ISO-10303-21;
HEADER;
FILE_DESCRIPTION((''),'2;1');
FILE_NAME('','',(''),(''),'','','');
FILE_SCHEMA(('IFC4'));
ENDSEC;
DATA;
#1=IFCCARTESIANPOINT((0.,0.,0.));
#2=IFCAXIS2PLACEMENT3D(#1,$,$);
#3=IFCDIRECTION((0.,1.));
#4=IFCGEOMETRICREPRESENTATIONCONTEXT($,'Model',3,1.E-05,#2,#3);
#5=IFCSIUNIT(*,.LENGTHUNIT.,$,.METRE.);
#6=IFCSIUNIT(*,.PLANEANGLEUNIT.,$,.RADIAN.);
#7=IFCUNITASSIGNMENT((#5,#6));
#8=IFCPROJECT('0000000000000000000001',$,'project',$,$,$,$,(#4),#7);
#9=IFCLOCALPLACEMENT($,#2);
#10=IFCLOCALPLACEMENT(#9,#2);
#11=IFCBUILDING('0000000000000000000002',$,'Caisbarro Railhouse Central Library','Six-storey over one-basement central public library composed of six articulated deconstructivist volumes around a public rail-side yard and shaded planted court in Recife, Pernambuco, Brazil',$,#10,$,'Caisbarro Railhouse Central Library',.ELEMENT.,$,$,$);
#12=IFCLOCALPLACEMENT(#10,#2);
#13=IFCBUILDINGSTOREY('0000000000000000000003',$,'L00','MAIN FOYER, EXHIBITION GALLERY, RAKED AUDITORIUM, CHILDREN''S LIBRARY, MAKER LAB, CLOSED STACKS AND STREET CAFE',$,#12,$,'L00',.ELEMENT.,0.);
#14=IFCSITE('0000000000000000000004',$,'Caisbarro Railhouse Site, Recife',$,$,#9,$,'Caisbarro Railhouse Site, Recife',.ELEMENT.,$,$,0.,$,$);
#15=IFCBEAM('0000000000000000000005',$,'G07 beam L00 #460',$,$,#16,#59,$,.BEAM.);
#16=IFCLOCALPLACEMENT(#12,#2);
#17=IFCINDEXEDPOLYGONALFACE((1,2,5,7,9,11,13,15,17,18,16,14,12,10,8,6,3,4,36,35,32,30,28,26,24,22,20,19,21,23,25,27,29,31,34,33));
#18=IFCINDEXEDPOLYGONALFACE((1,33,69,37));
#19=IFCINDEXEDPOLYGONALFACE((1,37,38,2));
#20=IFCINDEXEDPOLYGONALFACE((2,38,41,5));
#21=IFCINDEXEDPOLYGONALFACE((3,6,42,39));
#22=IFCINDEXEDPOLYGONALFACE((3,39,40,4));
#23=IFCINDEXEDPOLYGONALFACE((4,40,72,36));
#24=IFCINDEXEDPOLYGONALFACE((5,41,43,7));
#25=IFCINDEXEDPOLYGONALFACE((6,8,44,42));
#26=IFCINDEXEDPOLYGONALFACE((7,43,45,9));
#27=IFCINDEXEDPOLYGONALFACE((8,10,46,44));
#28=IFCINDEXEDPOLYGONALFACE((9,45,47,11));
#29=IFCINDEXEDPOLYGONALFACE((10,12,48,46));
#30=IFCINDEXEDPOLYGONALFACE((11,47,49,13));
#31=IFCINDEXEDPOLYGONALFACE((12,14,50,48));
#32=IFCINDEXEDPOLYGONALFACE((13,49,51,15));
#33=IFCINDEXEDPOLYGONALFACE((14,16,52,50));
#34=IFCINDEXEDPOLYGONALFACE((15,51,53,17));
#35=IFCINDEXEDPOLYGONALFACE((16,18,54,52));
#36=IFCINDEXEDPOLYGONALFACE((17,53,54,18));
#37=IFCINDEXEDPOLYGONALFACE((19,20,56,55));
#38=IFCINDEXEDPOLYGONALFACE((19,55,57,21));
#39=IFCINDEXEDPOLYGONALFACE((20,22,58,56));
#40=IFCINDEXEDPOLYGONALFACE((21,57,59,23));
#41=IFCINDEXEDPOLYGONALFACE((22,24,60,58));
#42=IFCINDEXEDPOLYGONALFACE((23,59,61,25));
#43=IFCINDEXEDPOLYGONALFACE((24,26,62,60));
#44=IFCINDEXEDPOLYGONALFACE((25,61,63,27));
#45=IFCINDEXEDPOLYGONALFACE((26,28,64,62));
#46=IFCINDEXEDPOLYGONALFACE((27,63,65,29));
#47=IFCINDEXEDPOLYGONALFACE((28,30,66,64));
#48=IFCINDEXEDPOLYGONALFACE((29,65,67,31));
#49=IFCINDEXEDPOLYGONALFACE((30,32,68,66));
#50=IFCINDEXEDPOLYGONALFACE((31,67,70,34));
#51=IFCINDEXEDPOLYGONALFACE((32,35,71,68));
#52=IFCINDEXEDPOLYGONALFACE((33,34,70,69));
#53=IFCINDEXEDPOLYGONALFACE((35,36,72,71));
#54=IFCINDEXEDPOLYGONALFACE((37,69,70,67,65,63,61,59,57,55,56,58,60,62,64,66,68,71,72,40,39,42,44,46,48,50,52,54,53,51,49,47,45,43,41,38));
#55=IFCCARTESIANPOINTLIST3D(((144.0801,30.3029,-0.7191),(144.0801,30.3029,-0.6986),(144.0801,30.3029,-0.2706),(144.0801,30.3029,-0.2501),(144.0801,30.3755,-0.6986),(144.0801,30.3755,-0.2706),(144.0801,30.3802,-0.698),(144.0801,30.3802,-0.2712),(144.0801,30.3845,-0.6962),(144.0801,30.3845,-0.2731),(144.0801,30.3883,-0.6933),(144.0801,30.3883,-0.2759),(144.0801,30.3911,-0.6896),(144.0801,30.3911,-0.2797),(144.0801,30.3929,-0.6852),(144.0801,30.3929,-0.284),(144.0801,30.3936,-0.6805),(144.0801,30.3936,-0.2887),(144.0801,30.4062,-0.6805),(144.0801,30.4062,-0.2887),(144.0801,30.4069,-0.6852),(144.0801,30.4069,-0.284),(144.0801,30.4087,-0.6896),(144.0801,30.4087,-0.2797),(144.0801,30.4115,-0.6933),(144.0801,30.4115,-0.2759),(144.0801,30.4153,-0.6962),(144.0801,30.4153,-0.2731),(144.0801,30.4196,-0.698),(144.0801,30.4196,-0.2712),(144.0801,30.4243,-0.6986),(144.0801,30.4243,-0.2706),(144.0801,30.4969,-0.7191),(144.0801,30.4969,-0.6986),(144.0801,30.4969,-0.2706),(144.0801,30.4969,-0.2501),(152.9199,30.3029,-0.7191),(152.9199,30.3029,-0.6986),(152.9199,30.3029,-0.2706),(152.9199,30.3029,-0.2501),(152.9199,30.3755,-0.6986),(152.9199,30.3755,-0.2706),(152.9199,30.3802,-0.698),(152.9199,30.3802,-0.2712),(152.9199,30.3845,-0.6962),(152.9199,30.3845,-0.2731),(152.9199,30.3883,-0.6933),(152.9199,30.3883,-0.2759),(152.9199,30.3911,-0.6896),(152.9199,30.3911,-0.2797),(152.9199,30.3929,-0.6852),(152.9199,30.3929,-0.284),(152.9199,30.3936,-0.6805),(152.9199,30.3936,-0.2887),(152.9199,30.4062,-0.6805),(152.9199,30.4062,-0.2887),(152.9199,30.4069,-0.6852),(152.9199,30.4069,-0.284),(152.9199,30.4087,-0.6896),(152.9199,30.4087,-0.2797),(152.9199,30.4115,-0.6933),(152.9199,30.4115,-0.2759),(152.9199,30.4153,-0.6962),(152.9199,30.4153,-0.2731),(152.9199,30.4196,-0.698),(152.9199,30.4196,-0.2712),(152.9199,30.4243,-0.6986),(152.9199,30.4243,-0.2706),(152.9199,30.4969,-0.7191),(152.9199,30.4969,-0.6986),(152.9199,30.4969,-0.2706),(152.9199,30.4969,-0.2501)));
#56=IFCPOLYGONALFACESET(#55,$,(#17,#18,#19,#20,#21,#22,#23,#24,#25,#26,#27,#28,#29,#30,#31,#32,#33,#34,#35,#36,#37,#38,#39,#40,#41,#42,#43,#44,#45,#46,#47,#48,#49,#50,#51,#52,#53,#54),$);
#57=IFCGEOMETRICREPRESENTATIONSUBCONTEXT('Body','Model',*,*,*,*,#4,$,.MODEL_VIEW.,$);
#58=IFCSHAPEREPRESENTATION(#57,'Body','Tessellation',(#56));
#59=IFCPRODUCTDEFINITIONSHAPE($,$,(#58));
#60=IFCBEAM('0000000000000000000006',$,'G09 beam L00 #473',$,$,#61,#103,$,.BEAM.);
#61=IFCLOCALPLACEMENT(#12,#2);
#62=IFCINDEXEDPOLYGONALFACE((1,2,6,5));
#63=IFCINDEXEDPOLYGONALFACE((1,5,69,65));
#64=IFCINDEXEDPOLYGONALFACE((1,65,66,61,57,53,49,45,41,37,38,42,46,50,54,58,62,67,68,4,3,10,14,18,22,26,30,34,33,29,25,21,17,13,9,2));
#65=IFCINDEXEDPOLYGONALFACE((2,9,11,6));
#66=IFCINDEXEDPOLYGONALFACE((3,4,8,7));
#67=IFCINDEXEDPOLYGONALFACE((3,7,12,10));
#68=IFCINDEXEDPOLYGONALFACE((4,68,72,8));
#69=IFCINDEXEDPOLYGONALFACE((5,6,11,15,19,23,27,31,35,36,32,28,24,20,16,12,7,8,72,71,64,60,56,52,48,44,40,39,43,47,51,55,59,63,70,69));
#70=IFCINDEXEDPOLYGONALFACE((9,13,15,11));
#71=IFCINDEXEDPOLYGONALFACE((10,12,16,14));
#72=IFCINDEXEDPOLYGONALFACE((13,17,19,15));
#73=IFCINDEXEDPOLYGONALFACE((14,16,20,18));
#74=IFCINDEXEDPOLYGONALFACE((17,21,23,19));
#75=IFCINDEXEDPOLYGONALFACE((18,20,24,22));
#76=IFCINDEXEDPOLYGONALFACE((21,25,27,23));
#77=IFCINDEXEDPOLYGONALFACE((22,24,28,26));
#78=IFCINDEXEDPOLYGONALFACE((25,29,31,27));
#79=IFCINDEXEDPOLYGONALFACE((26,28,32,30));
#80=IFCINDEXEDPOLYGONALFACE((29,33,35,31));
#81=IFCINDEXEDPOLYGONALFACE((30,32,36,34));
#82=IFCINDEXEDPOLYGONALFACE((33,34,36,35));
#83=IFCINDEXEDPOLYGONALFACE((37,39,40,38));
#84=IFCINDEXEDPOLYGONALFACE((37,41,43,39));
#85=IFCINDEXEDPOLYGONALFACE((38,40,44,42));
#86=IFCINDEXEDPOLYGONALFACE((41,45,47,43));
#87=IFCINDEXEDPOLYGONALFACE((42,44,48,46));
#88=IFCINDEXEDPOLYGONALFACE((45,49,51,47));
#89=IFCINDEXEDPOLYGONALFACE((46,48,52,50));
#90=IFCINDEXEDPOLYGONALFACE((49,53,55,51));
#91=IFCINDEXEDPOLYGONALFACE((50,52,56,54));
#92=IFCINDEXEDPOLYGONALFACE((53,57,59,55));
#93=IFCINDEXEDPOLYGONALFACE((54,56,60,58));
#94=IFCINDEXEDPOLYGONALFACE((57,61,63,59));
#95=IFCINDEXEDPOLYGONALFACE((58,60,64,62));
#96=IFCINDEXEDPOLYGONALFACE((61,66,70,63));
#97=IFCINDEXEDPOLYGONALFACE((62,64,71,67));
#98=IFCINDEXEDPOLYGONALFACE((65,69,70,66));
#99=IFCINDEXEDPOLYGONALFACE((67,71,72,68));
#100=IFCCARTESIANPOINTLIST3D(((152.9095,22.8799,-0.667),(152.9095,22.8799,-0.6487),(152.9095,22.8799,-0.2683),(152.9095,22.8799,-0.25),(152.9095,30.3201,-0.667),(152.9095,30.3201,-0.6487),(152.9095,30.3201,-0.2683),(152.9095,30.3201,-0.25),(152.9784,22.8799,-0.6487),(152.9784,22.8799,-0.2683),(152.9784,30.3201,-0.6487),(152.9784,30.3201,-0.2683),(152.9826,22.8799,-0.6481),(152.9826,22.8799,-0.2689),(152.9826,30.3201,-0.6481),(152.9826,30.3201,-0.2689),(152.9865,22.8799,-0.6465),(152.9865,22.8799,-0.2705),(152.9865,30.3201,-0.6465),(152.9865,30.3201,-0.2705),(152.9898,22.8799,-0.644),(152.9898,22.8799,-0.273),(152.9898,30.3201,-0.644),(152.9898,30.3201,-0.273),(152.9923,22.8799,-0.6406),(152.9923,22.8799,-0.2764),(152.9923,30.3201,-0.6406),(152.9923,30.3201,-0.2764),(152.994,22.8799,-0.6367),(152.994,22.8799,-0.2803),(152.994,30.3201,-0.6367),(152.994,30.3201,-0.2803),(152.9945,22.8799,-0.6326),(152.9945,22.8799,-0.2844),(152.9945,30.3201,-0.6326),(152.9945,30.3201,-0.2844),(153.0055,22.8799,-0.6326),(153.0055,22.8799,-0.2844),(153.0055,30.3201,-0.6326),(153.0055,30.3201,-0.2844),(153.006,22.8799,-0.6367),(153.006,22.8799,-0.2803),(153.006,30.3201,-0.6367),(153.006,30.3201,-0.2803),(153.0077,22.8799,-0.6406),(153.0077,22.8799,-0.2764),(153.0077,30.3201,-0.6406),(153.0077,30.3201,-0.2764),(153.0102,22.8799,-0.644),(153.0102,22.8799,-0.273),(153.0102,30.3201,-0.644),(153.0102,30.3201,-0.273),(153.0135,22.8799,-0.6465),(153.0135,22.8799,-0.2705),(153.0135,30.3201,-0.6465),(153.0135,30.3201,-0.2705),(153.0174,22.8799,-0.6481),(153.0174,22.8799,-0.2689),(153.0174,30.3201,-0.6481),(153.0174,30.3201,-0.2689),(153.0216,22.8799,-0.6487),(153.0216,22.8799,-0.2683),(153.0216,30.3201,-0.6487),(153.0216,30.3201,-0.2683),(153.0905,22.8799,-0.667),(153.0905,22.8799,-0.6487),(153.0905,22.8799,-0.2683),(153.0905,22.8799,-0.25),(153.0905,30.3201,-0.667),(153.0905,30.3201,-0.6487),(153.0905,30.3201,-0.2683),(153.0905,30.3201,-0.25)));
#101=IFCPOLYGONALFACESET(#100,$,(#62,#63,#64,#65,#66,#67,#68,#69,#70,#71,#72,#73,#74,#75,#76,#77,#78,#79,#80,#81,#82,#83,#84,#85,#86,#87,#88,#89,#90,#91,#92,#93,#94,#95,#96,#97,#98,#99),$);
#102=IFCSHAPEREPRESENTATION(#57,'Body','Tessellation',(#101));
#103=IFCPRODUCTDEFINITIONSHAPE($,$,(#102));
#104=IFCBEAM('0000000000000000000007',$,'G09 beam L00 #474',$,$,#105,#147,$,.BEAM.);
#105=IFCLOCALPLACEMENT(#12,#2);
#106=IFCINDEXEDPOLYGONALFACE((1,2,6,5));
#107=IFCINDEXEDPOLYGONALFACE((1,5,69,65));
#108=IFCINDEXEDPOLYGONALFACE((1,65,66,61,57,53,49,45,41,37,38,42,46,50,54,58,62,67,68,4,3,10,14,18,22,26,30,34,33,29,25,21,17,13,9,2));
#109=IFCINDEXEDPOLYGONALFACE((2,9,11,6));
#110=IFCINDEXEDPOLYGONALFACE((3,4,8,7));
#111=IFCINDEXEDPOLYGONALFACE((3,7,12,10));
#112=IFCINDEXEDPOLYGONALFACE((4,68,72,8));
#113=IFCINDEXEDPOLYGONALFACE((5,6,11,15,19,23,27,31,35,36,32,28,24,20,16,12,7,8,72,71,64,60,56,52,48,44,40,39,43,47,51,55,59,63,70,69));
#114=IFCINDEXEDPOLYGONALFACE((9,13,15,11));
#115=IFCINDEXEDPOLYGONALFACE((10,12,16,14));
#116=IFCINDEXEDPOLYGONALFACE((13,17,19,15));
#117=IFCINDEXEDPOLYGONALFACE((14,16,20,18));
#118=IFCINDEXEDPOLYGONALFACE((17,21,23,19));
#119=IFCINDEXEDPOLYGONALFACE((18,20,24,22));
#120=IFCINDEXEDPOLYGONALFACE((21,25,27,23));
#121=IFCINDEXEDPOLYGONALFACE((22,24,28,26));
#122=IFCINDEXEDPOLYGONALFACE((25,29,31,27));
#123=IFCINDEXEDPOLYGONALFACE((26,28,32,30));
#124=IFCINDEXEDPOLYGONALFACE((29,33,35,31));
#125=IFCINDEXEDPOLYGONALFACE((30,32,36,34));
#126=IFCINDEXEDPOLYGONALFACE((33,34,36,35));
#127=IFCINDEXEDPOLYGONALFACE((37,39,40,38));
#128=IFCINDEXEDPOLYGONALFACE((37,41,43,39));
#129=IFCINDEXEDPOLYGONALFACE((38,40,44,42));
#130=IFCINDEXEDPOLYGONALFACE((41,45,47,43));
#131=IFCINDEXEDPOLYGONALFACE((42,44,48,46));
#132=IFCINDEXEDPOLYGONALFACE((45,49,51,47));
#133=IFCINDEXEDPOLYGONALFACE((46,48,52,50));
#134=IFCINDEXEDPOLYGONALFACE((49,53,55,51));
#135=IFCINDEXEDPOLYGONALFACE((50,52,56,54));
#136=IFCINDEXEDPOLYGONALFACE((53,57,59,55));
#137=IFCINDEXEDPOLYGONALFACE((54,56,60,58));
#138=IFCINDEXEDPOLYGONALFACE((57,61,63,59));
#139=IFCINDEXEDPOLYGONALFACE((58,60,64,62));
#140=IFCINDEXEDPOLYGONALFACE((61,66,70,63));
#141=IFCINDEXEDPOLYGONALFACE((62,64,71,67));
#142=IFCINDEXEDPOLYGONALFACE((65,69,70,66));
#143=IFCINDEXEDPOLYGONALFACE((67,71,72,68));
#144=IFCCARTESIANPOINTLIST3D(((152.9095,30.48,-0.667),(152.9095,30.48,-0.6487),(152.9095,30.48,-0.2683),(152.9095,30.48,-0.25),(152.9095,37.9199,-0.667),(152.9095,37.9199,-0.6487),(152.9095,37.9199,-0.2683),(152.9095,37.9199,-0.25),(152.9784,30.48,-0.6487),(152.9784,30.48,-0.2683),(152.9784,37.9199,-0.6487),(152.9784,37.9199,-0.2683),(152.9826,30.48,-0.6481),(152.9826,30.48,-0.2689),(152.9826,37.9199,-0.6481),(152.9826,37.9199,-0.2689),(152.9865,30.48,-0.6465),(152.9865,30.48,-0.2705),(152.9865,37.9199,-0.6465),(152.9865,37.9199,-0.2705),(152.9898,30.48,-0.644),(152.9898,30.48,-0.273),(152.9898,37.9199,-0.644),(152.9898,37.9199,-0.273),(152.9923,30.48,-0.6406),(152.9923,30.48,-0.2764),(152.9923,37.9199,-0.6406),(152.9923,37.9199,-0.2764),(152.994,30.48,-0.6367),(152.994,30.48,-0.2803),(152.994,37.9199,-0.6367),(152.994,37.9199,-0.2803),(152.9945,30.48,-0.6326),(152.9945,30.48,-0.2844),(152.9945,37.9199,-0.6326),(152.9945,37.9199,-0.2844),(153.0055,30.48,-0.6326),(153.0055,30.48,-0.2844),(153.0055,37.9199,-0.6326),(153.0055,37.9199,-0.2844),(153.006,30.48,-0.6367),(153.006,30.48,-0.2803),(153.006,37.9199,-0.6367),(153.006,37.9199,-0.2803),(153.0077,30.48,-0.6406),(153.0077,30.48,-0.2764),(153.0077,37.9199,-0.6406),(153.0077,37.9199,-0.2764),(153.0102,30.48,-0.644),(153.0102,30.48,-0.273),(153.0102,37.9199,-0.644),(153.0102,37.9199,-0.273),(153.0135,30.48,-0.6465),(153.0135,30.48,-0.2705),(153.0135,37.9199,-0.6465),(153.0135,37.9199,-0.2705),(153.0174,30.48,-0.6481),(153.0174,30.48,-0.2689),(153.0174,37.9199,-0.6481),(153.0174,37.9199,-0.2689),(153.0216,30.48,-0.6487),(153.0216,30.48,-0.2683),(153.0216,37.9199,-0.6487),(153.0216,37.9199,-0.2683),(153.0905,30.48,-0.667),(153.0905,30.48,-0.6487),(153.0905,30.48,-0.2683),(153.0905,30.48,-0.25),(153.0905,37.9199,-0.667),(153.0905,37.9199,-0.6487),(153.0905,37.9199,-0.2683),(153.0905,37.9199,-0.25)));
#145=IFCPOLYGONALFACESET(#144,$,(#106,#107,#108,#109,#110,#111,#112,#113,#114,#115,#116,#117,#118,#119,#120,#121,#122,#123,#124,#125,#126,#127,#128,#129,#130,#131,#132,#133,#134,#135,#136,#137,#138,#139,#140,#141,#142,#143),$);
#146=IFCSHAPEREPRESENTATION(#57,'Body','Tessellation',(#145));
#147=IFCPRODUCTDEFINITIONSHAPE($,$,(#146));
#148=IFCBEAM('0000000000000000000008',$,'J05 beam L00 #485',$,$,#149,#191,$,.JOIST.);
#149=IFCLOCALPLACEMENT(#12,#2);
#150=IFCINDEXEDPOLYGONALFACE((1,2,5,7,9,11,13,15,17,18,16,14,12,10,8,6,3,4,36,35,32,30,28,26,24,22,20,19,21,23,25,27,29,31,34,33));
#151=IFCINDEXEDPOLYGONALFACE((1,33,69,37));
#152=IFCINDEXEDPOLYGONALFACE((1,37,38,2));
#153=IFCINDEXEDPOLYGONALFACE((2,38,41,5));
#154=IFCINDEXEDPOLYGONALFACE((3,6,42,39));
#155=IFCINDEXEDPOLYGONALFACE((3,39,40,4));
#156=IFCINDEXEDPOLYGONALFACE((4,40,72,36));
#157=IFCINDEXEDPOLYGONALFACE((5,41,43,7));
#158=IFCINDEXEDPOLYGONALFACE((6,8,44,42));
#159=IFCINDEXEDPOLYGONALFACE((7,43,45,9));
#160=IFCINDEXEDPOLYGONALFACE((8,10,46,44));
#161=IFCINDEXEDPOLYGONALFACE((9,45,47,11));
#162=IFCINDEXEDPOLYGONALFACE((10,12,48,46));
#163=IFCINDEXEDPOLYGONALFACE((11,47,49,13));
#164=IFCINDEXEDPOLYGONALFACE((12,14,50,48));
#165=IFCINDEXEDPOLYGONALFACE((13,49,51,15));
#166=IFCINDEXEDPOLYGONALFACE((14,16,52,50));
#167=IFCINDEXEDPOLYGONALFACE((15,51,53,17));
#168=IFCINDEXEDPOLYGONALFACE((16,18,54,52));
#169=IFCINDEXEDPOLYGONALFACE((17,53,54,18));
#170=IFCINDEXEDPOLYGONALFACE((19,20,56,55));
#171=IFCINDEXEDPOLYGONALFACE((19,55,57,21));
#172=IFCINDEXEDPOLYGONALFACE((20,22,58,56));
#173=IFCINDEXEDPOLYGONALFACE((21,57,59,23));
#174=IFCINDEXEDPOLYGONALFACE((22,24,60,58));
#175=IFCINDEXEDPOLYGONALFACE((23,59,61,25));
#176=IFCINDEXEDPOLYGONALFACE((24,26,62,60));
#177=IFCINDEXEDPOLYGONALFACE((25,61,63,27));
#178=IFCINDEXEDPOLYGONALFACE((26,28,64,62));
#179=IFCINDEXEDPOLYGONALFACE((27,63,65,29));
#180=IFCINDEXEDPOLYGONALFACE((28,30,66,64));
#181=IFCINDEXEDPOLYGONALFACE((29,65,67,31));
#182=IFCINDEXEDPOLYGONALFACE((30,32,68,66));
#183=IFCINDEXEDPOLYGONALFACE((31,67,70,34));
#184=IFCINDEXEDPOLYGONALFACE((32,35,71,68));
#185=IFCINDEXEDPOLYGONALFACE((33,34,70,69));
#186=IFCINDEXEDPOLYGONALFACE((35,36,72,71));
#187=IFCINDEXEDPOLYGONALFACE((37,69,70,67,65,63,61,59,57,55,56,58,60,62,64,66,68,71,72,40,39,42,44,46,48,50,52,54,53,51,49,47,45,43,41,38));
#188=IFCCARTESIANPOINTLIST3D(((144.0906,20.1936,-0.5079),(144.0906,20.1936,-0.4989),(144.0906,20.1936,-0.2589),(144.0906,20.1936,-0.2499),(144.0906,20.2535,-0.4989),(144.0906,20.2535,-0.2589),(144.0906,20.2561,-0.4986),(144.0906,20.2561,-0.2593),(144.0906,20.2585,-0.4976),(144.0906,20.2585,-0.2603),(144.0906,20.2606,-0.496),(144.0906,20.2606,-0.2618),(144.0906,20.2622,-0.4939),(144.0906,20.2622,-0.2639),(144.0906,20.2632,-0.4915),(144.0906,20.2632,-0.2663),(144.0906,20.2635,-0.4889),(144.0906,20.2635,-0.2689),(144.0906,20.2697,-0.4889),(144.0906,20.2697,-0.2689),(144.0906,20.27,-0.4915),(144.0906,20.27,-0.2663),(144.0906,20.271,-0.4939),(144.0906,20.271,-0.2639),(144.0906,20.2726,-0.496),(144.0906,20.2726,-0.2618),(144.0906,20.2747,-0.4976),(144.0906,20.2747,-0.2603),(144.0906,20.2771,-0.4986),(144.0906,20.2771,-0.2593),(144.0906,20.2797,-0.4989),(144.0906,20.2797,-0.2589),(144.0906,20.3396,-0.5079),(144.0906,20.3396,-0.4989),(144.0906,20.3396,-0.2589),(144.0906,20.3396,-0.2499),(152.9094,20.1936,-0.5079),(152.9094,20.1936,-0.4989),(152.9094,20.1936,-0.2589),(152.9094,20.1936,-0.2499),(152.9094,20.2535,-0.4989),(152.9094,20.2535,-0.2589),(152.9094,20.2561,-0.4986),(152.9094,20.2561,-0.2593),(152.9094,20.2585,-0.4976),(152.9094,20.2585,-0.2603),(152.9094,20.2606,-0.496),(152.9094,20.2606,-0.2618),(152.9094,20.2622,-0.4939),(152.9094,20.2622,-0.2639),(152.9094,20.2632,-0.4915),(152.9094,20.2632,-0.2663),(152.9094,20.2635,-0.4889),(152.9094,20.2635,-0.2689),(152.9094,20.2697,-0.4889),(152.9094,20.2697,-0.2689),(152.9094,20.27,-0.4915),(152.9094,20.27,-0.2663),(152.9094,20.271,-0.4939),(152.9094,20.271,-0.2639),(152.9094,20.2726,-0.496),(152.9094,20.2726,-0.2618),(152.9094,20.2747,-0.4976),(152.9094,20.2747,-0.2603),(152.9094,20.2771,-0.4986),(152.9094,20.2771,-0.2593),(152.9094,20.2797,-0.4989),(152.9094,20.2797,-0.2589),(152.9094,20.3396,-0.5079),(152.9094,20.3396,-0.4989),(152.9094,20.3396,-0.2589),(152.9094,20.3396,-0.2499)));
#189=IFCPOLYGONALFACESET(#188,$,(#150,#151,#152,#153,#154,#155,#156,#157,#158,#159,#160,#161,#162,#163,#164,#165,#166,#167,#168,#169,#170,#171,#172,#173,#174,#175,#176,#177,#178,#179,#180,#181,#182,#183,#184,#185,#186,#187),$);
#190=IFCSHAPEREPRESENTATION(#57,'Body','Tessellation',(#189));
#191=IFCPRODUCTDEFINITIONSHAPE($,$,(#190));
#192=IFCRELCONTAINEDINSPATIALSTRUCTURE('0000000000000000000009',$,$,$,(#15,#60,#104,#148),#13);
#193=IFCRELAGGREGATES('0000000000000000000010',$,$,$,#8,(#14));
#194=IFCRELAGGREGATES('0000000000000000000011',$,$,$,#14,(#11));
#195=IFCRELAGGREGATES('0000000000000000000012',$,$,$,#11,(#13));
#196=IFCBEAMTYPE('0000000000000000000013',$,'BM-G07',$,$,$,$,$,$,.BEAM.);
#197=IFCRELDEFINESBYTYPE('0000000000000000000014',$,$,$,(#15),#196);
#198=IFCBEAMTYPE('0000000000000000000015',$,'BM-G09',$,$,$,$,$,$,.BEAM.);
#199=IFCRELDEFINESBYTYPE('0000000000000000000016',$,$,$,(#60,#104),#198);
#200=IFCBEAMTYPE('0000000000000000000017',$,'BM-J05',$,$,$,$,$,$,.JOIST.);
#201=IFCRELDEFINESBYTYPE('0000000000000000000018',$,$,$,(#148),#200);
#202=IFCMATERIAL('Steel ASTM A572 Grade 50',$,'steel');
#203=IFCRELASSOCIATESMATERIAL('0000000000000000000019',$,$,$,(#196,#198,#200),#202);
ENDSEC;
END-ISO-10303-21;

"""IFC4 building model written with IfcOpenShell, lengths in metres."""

from ifc_helpers import new_model, si_unit, direction, frame, origin, origin_2d, place, context, subcontext, project, spatial, i_section, extrude, material, material_profile, profile_set, type_object, element, save


model = new_model("IFC4")

# Units and contexts
model_context = context("Model", 3, precision=1e-05, world=origin(), true_north=direction((0.0, 1.0)))
body_context = subcontext(model_context, "Body", "Model", "MODEL_VIEW")
ifc_project = project(units=[si_unit("LENGTHUNIT", "METRE"), si_unit("PLANEANGLEUNIT", "RADIAN")], contexts=[model_context])

# Site, building, storey
site_placement = place(None, origin())
site = spatial("IfcSite", under=ifc_project, at=site_placement, Name="Caisbarro Railhouse Site, Recife", LongName="Caisbarro Railhouse Site, Recife", CompositionType="ELEMENT", RefElevation=0.0)
building_placement = place(site_placement, origin())
building = spatial("IfcBuilding", under=site, at=building_placement, Name="Caisbarro Railhouse Central Library", Description="Six-storey over one-basement central public library composed of six articulated deconstructivist volumes around a public rail-side yard and shaded planted court in Recife, Pernambuco, Brazil", LongName="Caisbarro Railhouse Central Library", CompositionType="ELEMENT")
storey_placement = place(building_placement, origin())
storey = spatial("IfcBuildingStorey", under=building, at=storey_placement, Name="L00", Description="MAIN FOYER, EXHIBITION GALLERY, RAKED AUDITORIUM, CHILDREN'S LIBRARY, MAKER LAB, CLOSED STACKS AND STREET CAFE", LongName="L00", CompositionType="ELEMENT", Elevation=0.0)

# Shared definitions
ifc_material_1 = material(Name="Steel ASTM A572 Grade 50", Category="steel")

# Beams
ifc_material_profile_1 = material_profile(ifc_material_1, i_section(OverallWidth=0.1941, OverallDepth=0.469, WebThickness=0.0127, FlangeThickness=0.0205, FilletRadius=0.0181, at=origin_2d()), Name="W460X106.0")
ifc_profile_set_1 = profile_set([ifc_material_profile_1], Name="Steel ASTM A572 Grade 50")
beam_type_1 = type_object("IfcBeamType", Name="BM-G07", PredefinedType="BEAM", material=ifc_profile_set_1)
for number, where, z_axis, x_axis, name in (
    (1, (144.0801, 30.3999, -0.4846), (1.0, 0.0, 0.0), (0.0, 1.0, 0.0), "G07 beam L00 #460"),
):
    element("IfcBeam", number, at=place(storey_placement, frame(where, z_axis=z_axis, x_axis=x_axis)), inside=storey, type_object=beam_type_1, Name=name, PredefinedType="BEAM", context=body_context, shape_type="SweptSolid", body=[
        extrude(i_section(OverallWidth=0.1941, OverallDepth=0.469, WebThickness=0.0127, FlangeThickness=0.0205, FilletRadius=0.0181, at=origin_2d()), origin(), (0.0, 0.0, 1.0), 8.8398),
    ])
ifc_material_profile_2 = material_profile(ifc_material_1, i_section(OverallWidth=0.1809, OverallDepth=0.417, WebThickness=0.011, FlangeThickness=0.0183, FilletRadius=0.0161, at=origin_2d()), Name="W410X85.0")
ifc_profile_set_2 = profile_set([ifc_material_profile_2], Name="Steel ASTM A572 Grade 50")
beam_type_2 = type_object("IfcBeamType", Name="BM-G09", PredefinedType="BEAM", material=ifc_profile_set_2)
beam_1_placement = place(storey_placement, frame((153.0, 22.8799, -0.4585), z_axis=(0.0, 1.0, 0.0), x_axis=(-1.0, 0.0, 0.0)))
element("IfcBeam", 2, at=beam_1_placement, inside=storey, type_object=beam_type_2, Name="G09 beam L00 #473", PredefinedType="BEAM", context=body_context, shape_type="SweptSolid", body=[
    extrude(i_section(OverallWidth=0.1809, OverallDepth=0.417, WebThickness=0.011, FlangeThickness=0.0183, FilletRadius=0.0161, at=origin_2d()), origin(), (0.0, 0.0, 1.0), 7.4402),
])
beam_2_placement = place(storey_placement, frame((153.0, 30.48, -0.4585), z_axis=(0.0, 1.0, 0.0), x_axis=(-1.0, 0.0, 0.0)))
element("IfcBeam", 3, at=beam_2_placement, inside=storey, type_object=beam_type_2, Name="G09 beam L00 #474", PredefinedType="BEAM", context=body_context, shape_type="SweptSolid", body=[
    extrude(i_section(OverallWidth=0.1809, OverallDepth=0.417, WebThickness=0.011, FlangeThickness=0.0183, FilletRadius=0.0161, at=origin_2d()), origin(), (0.0, 0.0, 1.0), 7.4399),
])
ifc_material_profile_3 = material_profile(ifc_material_1, i_section(OverallWidth=0.146, OverallDepth=0.2581, WebThickness=0.0061, FlangeThickness=0.009, FilletRadius=0.01, at=origin_2d()), Name="W250X32.7")
ifc_profile_set_3 = profile_set([ifc_material_profile_3], Name="Steel ASTM A572 Grade 50")
beam_type_3 = type_object("IfcBeamType", Name="BM-J05", PredefinedType="JOIST", material=ifc_profile_set_3)
for number, where, z_axis, x_axis, name in (
    (4, (144.0906, 20.2666, -0.3789), (1.0, 0.0, 0.0), (0.0, 1.0, 0.0), "J05 beam L00 #485"),
):
    element("IfcBeam", number, at=place(storey_placement, frame(where, z_axis=z_axis, x_axis=x_axis)), inside=storey, type_object=beam_type_3, Name=name, PredefinedType="JOIST", context=body_context, shape_type="SweptSolid", body=[
        extrude(i_section(OverallWidth=0.146, OverallDepth=0.2581, WebThickness=0.0061, FlangeThickness=0.009, FilletRadius=0.01, at=origin_2d()), origin(), (0.0, 0.0, 1.0), 8.8188),
    ])

save(model, "model.ifc")
